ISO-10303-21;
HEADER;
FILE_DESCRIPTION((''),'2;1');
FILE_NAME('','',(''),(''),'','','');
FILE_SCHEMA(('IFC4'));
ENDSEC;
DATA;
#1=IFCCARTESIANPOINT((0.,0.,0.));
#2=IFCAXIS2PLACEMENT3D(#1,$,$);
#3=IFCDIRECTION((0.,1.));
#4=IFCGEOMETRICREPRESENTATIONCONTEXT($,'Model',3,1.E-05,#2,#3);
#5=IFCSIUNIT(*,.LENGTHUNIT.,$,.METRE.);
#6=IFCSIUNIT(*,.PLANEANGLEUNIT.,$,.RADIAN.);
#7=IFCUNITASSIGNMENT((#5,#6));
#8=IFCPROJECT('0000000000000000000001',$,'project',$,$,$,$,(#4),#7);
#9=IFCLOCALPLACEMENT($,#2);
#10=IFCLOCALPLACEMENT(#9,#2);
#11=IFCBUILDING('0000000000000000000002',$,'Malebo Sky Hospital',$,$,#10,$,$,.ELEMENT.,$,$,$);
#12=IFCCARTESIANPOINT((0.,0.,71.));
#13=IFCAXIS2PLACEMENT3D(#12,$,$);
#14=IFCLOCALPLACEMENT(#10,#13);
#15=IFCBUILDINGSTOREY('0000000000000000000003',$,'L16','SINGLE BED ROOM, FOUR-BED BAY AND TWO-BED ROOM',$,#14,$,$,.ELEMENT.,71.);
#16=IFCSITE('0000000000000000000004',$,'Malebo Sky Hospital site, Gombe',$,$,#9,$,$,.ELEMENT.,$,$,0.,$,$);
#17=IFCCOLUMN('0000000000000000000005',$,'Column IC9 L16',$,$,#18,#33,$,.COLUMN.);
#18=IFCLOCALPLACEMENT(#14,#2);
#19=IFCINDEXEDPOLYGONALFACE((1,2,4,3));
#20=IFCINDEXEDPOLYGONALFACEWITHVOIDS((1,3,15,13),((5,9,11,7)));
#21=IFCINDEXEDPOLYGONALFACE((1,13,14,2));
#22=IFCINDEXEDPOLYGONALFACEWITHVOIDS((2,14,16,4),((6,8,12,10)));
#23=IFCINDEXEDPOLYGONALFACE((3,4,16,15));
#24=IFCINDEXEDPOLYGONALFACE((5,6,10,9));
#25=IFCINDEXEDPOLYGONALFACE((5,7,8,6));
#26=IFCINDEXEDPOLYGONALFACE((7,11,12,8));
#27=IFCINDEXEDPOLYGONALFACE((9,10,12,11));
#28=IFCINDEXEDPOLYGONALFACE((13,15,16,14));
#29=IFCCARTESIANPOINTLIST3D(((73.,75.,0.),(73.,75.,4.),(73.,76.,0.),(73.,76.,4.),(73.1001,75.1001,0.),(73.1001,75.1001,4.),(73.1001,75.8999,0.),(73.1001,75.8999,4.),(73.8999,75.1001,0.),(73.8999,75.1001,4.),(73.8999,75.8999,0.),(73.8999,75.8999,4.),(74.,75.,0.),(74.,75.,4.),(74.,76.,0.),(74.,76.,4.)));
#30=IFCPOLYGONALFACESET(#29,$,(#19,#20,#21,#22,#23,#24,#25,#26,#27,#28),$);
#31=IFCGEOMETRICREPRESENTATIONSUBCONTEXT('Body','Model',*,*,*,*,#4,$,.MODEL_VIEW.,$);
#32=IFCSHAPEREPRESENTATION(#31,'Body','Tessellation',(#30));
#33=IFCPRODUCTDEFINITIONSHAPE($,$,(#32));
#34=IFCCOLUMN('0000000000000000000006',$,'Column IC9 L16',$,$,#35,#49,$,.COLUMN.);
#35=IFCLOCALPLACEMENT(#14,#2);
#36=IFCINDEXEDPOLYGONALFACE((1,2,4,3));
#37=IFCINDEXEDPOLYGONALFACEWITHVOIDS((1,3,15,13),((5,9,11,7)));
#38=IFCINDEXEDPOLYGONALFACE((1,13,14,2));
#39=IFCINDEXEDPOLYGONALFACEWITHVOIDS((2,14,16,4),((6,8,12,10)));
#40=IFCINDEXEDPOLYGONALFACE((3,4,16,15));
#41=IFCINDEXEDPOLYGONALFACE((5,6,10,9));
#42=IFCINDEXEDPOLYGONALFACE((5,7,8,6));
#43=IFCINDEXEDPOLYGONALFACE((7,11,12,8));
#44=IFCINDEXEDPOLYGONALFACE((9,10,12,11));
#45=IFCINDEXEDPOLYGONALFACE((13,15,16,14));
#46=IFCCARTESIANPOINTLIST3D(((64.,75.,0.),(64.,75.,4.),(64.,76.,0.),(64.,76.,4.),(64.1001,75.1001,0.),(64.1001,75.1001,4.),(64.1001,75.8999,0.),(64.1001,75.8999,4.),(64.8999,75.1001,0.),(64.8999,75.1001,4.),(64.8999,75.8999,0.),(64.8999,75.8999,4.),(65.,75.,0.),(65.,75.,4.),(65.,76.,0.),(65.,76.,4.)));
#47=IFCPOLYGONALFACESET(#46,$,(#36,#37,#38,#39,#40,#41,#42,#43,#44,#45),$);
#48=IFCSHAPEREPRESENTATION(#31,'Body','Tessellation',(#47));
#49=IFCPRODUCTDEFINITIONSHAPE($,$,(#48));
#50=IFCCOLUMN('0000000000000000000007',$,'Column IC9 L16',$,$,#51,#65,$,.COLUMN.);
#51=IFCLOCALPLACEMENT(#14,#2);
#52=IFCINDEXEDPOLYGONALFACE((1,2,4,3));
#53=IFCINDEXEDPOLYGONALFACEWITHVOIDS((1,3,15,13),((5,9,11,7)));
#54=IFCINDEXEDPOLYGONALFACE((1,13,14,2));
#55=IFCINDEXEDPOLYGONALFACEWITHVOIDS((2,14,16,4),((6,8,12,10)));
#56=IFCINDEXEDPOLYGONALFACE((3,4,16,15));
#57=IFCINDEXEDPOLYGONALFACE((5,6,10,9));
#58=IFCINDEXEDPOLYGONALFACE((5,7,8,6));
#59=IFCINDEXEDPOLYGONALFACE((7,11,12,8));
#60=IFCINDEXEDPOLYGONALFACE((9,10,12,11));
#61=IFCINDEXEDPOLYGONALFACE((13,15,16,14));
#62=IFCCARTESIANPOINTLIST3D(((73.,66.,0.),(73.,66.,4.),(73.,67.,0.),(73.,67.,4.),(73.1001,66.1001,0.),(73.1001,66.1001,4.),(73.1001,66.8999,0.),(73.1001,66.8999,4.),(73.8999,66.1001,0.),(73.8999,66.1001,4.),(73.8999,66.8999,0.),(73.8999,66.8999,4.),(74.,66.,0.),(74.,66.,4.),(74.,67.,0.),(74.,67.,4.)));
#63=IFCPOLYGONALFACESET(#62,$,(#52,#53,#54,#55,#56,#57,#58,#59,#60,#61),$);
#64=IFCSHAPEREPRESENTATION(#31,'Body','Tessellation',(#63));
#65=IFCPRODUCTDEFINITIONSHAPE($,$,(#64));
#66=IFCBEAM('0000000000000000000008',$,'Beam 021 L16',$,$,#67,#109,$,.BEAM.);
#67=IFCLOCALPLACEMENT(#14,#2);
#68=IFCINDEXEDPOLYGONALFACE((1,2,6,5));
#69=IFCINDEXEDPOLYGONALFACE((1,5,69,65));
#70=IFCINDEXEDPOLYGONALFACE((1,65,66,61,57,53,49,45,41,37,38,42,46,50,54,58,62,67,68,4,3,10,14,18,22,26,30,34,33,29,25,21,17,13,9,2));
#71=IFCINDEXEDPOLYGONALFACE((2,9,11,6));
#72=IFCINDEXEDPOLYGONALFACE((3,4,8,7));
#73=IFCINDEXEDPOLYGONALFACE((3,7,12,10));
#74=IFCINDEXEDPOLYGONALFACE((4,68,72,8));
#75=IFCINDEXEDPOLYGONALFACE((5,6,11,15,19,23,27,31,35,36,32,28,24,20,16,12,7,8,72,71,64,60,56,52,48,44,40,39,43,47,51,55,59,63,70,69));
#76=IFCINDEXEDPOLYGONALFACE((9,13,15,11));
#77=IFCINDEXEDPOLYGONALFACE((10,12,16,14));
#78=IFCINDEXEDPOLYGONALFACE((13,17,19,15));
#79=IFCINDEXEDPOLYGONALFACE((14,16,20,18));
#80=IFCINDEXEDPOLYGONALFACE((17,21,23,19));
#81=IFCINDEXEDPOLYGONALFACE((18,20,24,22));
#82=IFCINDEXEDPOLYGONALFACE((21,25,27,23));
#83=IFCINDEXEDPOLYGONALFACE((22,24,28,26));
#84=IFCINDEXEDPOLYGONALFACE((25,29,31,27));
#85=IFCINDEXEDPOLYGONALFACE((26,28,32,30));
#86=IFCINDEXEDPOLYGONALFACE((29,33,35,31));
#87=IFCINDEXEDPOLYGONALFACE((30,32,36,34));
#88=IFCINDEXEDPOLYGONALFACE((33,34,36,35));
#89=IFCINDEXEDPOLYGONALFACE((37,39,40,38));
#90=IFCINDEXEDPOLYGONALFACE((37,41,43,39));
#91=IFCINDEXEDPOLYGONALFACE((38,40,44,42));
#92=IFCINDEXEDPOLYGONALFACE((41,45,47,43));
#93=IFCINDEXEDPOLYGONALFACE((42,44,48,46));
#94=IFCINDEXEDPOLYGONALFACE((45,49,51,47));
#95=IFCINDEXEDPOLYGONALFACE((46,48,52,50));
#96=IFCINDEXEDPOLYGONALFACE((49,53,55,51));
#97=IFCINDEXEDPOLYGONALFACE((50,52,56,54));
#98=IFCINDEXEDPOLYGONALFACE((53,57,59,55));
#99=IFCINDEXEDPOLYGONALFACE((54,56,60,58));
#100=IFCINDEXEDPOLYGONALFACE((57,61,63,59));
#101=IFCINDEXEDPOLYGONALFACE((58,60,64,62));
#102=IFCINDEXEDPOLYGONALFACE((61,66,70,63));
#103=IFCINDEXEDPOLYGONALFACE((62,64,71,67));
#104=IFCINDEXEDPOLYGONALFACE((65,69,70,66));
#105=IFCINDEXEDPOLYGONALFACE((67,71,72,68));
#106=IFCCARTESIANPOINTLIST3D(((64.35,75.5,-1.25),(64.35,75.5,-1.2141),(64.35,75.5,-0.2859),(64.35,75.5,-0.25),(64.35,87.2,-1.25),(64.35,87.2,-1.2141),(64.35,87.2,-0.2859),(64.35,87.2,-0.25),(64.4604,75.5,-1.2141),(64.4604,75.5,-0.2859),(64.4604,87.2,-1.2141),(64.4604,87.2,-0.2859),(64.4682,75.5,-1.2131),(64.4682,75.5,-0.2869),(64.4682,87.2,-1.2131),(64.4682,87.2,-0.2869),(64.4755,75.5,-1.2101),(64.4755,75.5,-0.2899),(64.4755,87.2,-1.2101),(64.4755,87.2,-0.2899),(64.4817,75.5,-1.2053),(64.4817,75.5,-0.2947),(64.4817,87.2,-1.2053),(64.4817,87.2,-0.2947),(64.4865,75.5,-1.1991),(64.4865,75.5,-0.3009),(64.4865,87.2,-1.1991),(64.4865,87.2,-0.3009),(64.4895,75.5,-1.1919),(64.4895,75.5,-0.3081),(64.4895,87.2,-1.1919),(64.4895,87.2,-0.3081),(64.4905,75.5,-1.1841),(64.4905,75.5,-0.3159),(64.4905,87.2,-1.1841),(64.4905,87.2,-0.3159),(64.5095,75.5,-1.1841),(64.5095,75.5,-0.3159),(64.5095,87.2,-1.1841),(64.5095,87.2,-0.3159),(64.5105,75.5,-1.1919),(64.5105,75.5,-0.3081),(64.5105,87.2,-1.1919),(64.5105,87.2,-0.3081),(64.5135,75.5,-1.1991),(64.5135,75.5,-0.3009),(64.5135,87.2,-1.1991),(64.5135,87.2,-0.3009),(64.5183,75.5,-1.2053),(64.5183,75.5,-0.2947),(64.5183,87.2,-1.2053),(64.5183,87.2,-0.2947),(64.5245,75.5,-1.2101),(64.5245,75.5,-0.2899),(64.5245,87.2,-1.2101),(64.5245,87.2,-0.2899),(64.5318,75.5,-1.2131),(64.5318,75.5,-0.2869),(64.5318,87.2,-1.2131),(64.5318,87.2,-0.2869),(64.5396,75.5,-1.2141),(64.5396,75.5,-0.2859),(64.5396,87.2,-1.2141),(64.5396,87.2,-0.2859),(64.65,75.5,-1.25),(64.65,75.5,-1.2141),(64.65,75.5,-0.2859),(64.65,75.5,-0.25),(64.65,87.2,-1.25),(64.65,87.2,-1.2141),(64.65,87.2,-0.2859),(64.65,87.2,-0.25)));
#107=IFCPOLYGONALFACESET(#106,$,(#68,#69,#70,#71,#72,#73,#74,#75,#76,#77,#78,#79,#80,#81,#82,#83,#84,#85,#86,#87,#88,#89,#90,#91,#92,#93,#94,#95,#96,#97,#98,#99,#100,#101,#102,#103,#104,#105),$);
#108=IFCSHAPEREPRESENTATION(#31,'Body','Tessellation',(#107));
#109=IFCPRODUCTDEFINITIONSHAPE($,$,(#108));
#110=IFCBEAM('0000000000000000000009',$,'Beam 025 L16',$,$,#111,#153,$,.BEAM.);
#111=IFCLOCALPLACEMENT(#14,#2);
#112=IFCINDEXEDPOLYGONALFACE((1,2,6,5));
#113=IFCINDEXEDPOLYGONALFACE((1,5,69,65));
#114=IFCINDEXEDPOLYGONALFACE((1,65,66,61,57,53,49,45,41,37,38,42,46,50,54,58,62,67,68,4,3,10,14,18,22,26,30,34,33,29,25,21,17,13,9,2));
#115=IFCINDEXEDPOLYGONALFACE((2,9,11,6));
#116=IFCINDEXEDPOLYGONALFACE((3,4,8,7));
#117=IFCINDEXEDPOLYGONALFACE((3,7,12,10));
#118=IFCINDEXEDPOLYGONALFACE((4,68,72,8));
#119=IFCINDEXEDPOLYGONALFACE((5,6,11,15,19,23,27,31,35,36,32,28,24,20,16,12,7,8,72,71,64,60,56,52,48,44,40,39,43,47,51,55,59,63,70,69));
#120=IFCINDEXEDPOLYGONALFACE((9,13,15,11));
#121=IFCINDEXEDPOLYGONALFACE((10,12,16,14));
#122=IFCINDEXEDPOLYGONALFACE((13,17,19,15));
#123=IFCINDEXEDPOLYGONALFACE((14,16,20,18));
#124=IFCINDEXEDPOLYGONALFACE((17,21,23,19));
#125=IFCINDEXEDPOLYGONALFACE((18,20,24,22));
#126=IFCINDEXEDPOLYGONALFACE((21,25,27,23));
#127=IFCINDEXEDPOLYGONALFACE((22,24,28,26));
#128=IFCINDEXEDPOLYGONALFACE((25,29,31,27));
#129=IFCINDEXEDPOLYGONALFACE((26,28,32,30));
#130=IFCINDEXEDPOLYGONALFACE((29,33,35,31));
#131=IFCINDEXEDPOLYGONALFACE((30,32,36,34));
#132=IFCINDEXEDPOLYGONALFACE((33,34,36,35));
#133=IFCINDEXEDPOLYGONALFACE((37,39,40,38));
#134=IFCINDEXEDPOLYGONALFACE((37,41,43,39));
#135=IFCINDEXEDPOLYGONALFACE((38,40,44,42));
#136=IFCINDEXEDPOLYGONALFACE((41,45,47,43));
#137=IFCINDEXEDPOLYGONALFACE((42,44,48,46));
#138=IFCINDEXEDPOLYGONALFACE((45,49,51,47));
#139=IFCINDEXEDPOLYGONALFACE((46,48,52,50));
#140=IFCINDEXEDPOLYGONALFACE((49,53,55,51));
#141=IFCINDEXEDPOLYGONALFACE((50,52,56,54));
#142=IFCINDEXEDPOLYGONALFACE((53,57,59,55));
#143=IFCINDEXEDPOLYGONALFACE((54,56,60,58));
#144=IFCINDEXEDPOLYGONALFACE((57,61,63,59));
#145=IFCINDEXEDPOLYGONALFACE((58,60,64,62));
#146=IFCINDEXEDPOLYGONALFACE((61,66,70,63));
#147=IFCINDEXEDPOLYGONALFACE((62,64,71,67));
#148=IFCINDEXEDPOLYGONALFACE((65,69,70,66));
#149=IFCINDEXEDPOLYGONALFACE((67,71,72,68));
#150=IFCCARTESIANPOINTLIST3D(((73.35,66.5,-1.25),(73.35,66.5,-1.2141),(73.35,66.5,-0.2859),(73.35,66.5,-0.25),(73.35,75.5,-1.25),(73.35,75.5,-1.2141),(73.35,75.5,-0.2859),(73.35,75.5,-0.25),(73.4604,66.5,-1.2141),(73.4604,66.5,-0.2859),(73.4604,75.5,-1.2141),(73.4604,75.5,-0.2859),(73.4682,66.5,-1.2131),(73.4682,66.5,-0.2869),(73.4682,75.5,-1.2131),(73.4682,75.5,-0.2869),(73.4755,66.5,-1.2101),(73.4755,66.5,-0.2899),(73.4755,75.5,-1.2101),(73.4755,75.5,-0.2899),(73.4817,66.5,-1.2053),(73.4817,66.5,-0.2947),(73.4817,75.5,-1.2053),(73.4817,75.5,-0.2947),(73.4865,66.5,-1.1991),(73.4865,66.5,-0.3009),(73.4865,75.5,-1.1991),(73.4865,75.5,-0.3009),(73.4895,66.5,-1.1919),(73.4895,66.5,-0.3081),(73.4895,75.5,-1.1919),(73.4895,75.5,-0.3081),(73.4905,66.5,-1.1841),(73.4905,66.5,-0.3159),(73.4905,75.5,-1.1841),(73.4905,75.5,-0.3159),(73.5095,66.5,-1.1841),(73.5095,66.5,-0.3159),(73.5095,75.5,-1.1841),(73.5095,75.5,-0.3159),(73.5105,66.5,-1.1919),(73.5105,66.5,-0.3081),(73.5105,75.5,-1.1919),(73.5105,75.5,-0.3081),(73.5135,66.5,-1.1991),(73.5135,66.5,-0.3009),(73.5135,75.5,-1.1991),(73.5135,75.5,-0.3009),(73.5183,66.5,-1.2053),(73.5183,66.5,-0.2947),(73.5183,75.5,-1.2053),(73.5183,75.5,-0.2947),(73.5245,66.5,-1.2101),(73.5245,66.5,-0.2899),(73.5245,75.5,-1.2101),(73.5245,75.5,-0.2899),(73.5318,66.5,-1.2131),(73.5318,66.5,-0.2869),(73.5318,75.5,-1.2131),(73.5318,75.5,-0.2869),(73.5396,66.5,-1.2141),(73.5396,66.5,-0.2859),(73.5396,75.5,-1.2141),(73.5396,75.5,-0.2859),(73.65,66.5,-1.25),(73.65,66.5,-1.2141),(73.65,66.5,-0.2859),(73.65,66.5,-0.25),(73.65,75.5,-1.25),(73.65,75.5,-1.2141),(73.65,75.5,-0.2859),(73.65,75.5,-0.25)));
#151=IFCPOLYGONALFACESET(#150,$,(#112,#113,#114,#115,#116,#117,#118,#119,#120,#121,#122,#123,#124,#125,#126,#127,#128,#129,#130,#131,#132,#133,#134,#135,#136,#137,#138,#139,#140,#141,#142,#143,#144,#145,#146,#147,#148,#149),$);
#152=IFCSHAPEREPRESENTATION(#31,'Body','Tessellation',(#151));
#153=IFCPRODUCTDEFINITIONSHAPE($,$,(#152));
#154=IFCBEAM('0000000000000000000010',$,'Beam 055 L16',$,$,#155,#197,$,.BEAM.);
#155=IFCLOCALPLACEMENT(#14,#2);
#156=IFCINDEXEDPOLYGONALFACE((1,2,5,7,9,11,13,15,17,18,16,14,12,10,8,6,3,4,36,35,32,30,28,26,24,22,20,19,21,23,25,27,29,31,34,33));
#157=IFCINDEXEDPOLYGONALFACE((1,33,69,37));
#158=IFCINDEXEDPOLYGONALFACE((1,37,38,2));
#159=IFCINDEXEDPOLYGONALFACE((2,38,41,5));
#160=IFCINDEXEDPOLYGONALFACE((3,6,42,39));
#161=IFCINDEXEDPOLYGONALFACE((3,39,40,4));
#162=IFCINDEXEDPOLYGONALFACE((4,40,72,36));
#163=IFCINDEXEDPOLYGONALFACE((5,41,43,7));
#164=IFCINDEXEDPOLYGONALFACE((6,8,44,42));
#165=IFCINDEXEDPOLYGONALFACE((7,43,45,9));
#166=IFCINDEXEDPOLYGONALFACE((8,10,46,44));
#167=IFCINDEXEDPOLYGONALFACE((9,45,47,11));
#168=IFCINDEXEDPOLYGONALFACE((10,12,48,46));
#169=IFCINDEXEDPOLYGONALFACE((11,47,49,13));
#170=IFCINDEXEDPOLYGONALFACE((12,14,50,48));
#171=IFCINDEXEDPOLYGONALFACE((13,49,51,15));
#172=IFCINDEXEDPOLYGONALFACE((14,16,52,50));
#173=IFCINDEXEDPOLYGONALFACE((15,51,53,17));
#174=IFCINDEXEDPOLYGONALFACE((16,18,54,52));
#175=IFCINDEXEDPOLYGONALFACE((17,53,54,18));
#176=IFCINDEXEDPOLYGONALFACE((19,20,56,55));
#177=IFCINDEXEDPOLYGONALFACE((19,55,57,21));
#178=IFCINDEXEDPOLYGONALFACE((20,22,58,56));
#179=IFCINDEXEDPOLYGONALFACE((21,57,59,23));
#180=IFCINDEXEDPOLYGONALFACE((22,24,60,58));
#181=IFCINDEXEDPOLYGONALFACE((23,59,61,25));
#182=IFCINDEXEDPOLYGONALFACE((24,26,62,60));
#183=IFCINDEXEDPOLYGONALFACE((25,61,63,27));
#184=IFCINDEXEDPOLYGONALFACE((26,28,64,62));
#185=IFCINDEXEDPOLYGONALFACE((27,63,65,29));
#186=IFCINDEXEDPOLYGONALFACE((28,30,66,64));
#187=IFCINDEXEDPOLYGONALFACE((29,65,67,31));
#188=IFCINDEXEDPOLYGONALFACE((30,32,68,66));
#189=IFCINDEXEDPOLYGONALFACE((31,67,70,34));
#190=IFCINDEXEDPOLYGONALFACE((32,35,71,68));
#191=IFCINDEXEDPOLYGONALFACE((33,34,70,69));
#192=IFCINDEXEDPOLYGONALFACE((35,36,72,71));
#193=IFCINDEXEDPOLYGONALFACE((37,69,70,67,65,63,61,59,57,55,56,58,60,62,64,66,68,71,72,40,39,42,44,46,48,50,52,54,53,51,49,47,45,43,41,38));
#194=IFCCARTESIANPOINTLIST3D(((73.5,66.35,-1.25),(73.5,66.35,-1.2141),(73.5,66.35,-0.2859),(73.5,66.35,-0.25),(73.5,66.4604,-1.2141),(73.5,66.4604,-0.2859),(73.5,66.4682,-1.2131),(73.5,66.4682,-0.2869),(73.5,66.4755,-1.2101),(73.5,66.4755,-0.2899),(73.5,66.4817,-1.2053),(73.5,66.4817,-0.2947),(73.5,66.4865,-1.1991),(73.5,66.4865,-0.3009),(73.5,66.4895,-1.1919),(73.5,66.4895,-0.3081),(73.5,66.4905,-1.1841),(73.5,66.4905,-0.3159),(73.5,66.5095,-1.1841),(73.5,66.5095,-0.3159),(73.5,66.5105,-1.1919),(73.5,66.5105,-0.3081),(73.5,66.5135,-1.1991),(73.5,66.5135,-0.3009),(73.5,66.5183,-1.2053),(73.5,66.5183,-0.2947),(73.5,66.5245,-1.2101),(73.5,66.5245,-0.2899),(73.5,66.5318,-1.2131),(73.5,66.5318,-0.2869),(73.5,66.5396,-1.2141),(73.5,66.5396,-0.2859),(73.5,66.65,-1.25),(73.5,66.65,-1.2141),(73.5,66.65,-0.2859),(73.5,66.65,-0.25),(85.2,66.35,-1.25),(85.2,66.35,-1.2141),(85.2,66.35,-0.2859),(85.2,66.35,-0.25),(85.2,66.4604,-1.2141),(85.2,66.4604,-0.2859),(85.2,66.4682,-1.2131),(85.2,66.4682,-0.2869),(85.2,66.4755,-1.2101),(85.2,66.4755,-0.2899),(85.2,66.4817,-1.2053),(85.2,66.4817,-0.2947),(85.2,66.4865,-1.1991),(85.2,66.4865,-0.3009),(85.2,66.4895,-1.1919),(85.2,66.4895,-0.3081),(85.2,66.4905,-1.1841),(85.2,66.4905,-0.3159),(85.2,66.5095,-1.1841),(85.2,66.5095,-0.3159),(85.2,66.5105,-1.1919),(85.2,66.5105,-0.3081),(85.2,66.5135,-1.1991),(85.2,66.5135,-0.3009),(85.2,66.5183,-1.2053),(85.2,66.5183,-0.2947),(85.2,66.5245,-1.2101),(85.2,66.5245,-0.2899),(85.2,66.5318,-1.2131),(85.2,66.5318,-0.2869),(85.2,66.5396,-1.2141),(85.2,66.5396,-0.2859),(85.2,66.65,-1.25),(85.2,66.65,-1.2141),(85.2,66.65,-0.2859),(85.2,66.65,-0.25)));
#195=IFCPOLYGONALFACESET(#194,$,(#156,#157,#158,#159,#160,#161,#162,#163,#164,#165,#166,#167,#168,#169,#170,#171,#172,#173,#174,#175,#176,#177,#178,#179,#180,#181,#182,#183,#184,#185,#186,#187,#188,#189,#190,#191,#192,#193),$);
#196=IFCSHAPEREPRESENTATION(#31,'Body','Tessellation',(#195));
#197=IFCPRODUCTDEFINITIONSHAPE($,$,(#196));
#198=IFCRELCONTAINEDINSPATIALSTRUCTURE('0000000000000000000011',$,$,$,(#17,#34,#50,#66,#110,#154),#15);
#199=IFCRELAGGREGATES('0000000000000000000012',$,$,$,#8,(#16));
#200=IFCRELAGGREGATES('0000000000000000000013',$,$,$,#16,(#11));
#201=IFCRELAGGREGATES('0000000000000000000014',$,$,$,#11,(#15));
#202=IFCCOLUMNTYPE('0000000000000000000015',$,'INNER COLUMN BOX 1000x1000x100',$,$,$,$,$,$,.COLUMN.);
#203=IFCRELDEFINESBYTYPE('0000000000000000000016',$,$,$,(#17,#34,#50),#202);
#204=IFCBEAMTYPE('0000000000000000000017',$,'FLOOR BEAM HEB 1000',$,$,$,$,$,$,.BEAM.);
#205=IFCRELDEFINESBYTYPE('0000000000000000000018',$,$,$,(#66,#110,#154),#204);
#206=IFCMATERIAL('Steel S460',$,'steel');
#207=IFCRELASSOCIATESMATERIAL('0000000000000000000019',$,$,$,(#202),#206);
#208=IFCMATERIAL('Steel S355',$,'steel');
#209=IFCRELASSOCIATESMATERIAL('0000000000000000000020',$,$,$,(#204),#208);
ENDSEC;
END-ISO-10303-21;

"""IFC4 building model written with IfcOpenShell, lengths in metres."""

from ifc_helpers import new_model, si_unit, direction, frame, origin, origin_2d, place, context, subcontext, project, spatial, hollow_rectangle, i_section, extrude, material, material_profile, profile_set, type_object, element, save


model = new_model("IFC4")

# Units and contexts
model_context = context("Model", 3, precision=1e-05, world=origin(), true_north=direction((0.0, 1.0)))
body_context = subcontext(model_context, "Body", "Model", "MODEL_VIEW")
ifc_project = project(units=[si_unit("LENGTHUNIT", "METRE"), si_unit("PLANEANGLEUNIT", "RADIAN")], contexts=[model_context])

# Site, building, storey
site_placement = place(None, origin())
site = spatial("IfcSite", under=ifc_project, at=site_placement, Name="Malebo Sky Hospital site, Gombe", CompositionType="ELEMENT", RefElevation=0.0)
building_placement = place(site_placement, origin())
building = spatial("IfcBuilding", under=site, at=building_placement, Name="Malebo Sky Hospital", CompositionType="ELEMENT")
storey_placement = place(building_placement, frame((0.0, 0.0, 71.0)))
storey = spatial("IfcBuildingStorey", under=building, at=storey_placement, Name="L16", Description="SINGLE BED ROOM, FOUR-BED BAY AND TWO-BED ROOM", CompositionType="ELEMENT", Elevation=71.0)

# Columns
ifc_material_1 = material(Name="Steel S460", Category="steel")
ifc_material_profile_1 = material_profile(ifc_material_1, hollow_rectangle(XDim=1.0, YDim=1.0, WallThickness=0.1001, at=origin_2d()), Name="BOX 1000x1000x100")
ifc_profile_set_1 = profile_set([ifc_material_profile_1], Name="Steel S460")
column_type = type_object("IfcColumnType", Name="INNER COLUMN BOX 1000x1000x100", PredefinedType="COLUMN", material=ifc_profile_set_1)
for number, where, z_axis, x_axis, name in (
    (1, (73.5, 75.5, 0.0), (0.0, 0.0, 1.0), (1.0, 0.0, 0.0), "Column IC9 L16"),
    (2, (64.5, 75.5, 0.0), (0.0, 0.0, 1.0), (1.0, 0.0, 0.0), "Column IC9 L16"),
    (3, (73.5, 66.5, 0.0), (0.0, 0.0, 1.0), (1.0, 0.0, 0.0), "Column IC9 L16"),
):
    element("IfcColumn", number, at=place(storey_placement, frame(where, z_axis=z_axis, x_axis=x_axis)), inside=storey, type_object=column_type, Name=name, PredefinedType="COLUMN", context=body_context, shape_type="SweptSolid", body=[
        extrude(hollow_rectangle(XDim=1.0, YDim=1.0, WallThickness=0.1001, at=origin_2d()), origin(), (0.0, 0.0, 1.0), 4.0),
    ])

# Beams
ifc_material_2 = material(Name="Steel S355", Category="steel")
ifc_material_profile_2 = material_profile(ifc_material_2, i_section(OverallWidth=0.3, OverallDepth=1.0, WebThickness=0.019, FlangeThickness=0.0359, FilletRadius=0.03, at=origin_2d()), Name="HEB 1000")
ifc_profile_set_2 = profile_set([ifc_material_profile_2], Name="Steel S355")
beam_type_1 = type_object("IfcBeamType", Name="FLOOR BEAM HEB 1000", PredefinedType="BEAM", material=ifc_profile_set_2)
beam_1_placement = place(storey_placement, frame((64.5, 75.5, -0.75), z_axis=(0.0, 1.0, 0.0), x_axis=(-1.0, 0.0, 0.0)))
element("IfcBeam", 4, at=beam_1_placement, inside=storey, type_object=beam_type_1, Name="Beam 021 L16", PredefinedType="BEAM", context=body_context, shape_type="SweptSolid", body=[
    extrude(i_section(OverallWidth=0.3, OverallDepth=1.0, WebThickness=0.019, FlangeThickness=0.0359, FilletRadius=0.03, at=origin_2d()), origin(), (0.0, 0.0, 1.0), 11.7),
])
beam_2_placement = place(storey_placement, frame((73.5, 66.5, -0.75), z_axis=(0.0, 1.0, 0.0), x_axis=(-1.0, 0.0, 0.0)))
element("IfcBeam", 5, at=beam_2_placement, inside=storey, type_object=beam_type_1, Name="Beam 025 L16", PredefinedType="BEAM", context=body_context, shape_type="SweptSolid", body=[
    extrude(i_section(OverallWidth=0.3, OverallDepth=1.0, WebThickness=0.019, FlangeThickness=0.0359, FilletRadius=0.03, at=origin_2d()), origin(), (0.0, 0.0, 1.0), 9.0),
])
beam_3_placement = place(storey_placement, frame((73.5, 66.5, -0.75), z_axis=(1.0, 0.0, 0.0), x_axis=(0.0, 1.0, 0.0)))
element("IfcBeam", 6, at=beam_3_placement, inside=storey, type_object=beam_type_1, Name="Beam 055 L16", PredefinedType="BEAM", context=body_context, shape_type="SweptSolid", body=[
    extrude(i_section(OverallWidth=0.3, OverallDepth=1.0, WebThickness=0.019, FlangeThickness=0.0359, FilletRadius=0.03, at=origin_2d()), origin(), (0.0, 0.0, 1.0), 11.7),
])

save(model, "model.ifc")
